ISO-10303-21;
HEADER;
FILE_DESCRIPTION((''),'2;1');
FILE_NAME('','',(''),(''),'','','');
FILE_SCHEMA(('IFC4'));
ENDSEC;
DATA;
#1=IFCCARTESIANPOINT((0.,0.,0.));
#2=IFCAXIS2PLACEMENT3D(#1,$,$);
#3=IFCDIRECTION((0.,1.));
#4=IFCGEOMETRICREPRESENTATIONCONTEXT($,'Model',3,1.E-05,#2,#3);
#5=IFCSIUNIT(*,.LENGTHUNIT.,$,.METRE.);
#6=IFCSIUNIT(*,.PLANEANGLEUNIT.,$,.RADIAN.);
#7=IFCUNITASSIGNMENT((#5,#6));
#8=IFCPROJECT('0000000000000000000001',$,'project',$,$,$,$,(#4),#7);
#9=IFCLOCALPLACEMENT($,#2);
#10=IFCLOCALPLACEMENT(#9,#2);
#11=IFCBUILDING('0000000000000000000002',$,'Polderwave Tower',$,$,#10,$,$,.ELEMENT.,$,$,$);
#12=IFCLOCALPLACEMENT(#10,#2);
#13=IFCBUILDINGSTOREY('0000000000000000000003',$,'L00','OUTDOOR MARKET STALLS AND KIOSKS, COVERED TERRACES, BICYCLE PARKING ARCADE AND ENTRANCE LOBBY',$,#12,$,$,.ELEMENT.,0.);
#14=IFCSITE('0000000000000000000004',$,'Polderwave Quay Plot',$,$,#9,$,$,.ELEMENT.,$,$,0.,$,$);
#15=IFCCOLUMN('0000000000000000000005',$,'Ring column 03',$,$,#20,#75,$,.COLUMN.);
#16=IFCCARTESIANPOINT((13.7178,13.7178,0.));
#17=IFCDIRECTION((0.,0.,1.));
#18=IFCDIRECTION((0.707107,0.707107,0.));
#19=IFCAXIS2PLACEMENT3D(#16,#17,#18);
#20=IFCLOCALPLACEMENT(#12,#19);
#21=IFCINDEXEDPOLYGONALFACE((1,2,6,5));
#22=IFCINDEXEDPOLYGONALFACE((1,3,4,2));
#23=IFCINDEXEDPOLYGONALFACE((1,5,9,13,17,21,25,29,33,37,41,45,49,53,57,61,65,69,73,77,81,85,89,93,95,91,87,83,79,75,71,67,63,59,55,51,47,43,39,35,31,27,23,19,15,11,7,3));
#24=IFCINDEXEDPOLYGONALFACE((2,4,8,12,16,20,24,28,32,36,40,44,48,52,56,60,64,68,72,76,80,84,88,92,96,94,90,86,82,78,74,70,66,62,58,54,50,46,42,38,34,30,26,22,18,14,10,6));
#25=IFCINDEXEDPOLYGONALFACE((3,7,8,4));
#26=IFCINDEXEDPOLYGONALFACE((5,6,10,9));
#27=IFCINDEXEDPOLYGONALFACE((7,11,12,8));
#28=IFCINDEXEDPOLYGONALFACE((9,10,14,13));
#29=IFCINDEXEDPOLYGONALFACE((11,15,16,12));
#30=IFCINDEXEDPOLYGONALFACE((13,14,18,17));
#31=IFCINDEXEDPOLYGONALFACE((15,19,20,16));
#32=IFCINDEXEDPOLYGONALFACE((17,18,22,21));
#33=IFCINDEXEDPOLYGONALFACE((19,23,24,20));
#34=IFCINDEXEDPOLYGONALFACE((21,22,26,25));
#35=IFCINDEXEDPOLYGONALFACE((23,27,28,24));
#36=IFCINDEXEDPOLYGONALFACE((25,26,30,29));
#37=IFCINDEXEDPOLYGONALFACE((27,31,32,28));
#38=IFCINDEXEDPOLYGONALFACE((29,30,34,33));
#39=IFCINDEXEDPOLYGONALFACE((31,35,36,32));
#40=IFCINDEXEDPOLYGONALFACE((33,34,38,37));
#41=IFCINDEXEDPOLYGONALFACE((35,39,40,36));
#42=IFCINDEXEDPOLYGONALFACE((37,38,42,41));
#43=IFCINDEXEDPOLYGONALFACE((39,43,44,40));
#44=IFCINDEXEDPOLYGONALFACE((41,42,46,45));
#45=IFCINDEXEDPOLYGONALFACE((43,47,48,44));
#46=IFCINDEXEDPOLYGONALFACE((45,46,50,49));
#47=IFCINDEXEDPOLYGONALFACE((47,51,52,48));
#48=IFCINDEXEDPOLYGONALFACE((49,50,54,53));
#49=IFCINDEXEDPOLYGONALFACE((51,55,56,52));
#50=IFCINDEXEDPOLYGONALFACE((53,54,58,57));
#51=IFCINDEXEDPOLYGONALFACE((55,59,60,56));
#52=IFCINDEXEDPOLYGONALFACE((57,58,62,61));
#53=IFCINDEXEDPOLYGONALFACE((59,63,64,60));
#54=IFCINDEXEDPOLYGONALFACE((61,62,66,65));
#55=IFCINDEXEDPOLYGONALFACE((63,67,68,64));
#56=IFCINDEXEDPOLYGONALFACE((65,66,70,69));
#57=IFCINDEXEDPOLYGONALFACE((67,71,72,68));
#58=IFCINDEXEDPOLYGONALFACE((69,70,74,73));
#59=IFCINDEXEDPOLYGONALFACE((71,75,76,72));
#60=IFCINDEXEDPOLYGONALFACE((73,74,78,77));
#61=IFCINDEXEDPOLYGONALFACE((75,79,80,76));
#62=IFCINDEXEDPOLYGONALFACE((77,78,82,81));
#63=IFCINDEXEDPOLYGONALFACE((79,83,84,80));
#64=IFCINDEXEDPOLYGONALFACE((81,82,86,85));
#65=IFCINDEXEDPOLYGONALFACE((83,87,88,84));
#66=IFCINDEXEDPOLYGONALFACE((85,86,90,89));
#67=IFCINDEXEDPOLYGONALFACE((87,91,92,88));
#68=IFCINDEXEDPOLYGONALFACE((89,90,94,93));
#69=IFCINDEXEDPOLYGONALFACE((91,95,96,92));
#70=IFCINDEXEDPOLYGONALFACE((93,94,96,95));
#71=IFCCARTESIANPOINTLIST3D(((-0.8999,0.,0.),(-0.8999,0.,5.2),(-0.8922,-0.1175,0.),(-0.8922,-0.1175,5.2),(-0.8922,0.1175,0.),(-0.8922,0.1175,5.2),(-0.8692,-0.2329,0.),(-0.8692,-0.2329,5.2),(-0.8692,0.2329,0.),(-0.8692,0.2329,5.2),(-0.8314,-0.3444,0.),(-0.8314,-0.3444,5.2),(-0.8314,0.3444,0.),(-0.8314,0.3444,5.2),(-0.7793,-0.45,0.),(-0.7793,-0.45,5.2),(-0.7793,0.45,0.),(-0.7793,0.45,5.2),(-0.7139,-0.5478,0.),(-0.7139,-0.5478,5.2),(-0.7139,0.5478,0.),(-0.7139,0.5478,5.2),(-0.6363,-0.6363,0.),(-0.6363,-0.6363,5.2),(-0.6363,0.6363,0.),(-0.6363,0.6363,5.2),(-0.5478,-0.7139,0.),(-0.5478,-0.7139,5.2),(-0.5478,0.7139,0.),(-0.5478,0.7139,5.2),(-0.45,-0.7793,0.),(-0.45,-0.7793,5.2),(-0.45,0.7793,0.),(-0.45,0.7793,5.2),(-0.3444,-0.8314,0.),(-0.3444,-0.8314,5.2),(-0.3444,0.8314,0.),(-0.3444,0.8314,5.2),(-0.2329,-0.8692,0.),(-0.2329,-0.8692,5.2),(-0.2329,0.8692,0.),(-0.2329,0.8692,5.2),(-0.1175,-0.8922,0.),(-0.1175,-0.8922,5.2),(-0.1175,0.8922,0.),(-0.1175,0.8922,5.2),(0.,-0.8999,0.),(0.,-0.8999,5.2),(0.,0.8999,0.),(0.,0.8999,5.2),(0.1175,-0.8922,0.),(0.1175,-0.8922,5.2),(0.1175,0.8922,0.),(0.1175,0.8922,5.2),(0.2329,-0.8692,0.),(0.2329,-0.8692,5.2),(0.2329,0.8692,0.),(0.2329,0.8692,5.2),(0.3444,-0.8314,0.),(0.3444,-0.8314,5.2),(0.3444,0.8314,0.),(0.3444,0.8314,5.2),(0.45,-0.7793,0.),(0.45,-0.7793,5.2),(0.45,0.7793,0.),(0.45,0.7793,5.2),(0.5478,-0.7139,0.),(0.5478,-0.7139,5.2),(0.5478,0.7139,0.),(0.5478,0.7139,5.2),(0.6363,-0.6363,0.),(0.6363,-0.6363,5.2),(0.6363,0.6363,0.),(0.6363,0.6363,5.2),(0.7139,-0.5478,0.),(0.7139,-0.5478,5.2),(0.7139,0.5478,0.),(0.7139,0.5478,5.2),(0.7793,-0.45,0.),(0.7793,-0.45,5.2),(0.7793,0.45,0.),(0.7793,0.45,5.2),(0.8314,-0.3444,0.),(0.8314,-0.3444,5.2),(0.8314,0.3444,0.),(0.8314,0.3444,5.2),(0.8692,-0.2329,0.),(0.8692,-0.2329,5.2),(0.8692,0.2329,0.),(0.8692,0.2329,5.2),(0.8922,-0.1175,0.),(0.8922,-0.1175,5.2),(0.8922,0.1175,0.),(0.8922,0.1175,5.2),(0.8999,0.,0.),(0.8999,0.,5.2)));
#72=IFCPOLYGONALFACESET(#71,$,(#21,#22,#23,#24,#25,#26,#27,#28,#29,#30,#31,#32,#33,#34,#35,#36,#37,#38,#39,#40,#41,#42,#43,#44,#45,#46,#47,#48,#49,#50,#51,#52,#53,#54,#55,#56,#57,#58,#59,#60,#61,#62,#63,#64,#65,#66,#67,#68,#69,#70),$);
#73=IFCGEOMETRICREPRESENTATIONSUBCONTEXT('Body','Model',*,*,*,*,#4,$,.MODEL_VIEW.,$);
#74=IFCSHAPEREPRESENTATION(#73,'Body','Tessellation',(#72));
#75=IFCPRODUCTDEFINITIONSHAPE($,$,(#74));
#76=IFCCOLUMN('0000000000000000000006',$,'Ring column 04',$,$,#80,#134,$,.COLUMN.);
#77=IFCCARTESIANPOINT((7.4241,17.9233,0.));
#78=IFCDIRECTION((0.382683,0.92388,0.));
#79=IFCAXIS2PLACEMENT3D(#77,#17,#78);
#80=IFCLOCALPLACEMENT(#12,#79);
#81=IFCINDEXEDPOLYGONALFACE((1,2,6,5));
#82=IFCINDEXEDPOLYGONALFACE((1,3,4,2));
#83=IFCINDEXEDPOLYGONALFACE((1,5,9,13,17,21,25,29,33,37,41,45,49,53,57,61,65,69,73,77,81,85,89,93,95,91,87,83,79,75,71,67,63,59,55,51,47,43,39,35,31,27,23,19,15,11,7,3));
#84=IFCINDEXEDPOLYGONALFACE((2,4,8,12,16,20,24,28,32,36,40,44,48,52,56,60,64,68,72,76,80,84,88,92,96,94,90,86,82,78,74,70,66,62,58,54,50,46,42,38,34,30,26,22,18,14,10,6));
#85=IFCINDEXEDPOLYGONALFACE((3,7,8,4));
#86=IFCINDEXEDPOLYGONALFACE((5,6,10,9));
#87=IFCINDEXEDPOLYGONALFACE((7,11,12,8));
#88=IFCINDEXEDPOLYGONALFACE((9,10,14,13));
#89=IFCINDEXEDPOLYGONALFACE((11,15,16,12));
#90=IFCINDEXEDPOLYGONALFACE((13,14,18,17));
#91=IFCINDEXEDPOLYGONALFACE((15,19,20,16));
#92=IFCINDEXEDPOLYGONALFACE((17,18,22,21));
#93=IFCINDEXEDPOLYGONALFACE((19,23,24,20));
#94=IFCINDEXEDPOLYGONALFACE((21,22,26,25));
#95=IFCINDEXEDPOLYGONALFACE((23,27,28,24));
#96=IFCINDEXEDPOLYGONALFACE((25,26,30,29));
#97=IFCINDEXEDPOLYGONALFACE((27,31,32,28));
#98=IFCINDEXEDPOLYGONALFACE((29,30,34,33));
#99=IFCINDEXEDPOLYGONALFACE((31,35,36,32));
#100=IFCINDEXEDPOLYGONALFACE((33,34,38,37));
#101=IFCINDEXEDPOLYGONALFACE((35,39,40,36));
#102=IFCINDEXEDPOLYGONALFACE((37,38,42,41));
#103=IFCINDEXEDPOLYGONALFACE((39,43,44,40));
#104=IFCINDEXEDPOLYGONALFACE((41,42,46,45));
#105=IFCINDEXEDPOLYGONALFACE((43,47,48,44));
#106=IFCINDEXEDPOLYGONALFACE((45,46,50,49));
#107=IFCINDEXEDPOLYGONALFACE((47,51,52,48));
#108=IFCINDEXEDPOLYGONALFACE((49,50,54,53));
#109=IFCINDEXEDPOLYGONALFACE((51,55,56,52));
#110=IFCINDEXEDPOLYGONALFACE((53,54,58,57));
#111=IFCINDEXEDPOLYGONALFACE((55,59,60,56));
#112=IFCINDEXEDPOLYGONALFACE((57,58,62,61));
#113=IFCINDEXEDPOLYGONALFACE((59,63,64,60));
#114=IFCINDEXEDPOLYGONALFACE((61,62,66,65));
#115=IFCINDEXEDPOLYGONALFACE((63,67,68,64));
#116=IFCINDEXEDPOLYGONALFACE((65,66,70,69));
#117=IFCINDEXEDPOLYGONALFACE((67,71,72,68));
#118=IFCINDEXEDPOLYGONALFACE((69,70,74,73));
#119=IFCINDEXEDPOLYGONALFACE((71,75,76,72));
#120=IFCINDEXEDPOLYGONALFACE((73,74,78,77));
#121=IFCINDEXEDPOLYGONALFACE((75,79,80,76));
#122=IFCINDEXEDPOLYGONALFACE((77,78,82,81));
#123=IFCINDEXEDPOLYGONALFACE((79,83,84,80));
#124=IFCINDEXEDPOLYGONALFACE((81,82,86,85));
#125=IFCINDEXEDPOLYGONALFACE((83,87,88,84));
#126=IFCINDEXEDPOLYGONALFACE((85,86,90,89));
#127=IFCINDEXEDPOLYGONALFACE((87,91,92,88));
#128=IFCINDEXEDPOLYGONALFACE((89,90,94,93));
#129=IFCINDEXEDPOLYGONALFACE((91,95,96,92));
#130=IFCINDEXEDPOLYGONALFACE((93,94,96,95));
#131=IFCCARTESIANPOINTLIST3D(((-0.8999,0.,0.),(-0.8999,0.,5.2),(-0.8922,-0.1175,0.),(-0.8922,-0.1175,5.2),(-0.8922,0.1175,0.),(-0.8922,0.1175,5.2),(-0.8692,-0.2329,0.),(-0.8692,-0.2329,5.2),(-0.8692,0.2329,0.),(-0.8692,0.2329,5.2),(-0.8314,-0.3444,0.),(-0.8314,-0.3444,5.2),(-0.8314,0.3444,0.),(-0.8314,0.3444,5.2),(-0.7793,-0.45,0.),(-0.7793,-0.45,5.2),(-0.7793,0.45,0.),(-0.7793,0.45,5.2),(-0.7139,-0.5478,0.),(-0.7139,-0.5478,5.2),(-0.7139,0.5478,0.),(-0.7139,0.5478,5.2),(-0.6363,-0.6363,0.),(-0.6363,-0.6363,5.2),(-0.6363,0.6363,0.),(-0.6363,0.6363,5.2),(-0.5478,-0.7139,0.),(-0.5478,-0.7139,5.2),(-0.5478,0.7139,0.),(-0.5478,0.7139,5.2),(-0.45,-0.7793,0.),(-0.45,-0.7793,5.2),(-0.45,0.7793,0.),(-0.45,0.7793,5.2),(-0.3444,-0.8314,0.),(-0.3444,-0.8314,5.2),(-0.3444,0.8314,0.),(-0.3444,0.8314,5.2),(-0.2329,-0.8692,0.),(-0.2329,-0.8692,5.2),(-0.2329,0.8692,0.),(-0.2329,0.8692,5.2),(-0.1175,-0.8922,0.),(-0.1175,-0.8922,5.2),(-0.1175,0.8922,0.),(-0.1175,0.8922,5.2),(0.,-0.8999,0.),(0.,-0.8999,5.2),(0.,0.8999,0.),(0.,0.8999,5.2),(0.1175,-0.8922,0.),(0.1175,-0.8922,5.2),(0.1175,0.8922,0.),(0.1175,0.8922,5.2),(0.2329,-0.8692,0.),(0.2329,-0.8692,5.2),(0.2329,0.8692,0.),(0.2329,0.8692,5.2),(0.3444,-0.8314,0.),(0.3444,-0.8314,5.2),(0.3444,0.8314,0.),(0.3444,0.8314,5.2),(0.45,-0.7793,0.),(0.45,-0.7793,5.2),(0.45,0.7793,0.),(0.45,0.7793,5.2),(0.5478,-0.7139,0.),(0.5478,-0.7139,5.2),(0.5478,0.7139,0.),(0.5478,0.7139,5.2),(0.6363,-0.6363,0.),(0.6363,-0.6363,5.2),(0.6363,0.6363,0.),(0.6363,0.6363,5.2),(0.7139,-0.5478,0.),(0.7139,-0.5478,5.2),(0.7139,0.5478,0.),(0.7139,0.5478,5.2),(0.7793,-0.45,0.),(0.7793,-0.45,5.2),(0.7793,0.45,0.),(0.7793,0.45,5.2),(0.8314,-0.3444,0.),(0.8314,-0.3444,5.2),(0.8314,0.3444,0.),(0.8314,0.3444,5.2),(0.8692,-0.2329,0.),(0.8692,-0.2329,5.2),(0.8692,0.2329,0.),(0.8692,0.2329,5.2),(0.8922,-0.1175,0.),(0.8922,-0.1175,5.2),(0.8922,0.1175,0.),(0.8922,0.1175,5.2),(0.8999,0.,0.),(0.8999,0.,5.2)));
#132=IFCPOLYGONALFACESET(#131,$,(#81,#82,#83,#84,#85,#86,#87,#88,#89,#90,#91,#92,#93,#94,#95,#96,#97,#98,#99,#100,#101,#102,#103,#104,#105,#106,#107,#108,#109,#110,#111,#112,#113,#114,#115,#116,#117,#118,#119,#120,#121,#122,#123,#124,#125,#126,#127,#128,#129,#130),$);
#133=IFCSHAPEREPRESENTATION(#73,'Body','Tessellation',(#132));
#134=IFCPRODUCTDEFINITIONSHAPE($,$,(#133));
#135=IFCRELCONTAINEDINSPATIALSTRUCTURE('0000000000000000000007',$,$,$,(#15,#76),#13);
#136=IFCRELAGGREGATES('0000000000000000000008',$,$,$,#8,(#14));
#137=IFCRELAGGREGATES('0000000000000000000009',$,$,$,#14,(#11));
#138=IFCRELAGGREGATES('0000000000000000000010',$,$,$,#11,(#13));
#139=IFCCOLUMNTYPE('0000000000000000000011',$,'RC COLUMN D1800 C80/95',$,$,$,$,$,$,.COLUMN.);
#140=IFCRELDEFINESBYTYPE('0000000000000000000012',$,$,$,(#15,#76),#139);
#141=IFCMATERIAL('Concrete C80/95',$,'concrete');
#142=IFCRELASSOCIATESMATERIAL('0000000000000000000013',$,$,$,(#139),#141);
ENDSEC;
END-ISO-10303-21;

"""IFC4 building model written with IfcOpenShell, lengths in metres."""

from ifc_helpers import new_model, si_unit, direction, frame, origin, origin_2d, place, context, subcontext, project, spatial, circle, extrude, material, material_profile, profile_set, type_object, element, save


model = new_model("IFC4")

# Units and contexts
model_context = context("Model", 3, precision=1e-05, world=origin(), true_north=direction((0.0, 1.0)))
body_context = subcontext(model_context, "Body", "Model", "MODEL_VIEW")
ifc_project = project(units=[si_unit("LENGTHUNIT", "METRE"), si_unit("PLANEANGLEUNIT", "RADIAN")], contexts=[model_context])

# Site, building, storey
site_placement = place(None, origin())
site = spatial("IfcSite", under=ifc_project, at=site_placement, Name="Polderwave Quay Plot", CompositionType="ELEMENT", RefElevation=0.0)
building_placement = place(site_placement, origin())
building = spatial("IfcBuilding", under=site, at=building_placement, Name="Polderwave Tower", CompositionType="ELEMENT")
storey_placement = place(building_placement, origin())
storey = spatial("IfcBuildingStorey", under=building, at=storey_placement, Name="L00", Description="OUTDOOR MARKET STALLS AND KIOSKS, COVERED TERRACES, BICYCLE PARKING ARCADE AND ENTRANCE LOBBY", CompositionType="ELEMENT", Elevation=0.0)

# Columns
ifc_material_1 = material(Name="Concrete C80/95", Category="concrete")
ifc_material_profile_1 = material_profile(ifc_material_1, circle(Radius=0.8999, at=origin_2d()), Name="RC D1800")
ifc_profile_set_1 = profile_set([ifc_material_profile_1], Name="Concrete C80/95")
column_type = type_object("IfcColumnType", Name="RC COLUMN D1800 C80/95", PredefinedType="COLUMN", material=ifc_profile_set_1)
for number, where, z_axis, x_axis, name in (
    (1, (13.7178, 13.7178, 0.0), (0.0, 0.0, 1.0), (0.707107, 0.707107, 0.0), "Ring column 03"),
    (2, (7.4241, 17.9233, 0.0), (0.0, 0.0, 1.0), (0.382683, 0.92388, 0.0), "Ring column 04"),
):
    element("IfcColumn", number, at=place(storey_placement, frame(where, z_axis=z_axis, x_axis=x_axis)), inside=storey, type_object=column_type, Name=name, PredefinedType="COLUMN", context=body_context, shape_type="SweptSolid", body=[
        extrude(circle(Radius=0.8999, at=origin_2d()), origin(), (0.0, 0.0, 1.0), 5.2),
    ])

save(model, "model.ifc")
